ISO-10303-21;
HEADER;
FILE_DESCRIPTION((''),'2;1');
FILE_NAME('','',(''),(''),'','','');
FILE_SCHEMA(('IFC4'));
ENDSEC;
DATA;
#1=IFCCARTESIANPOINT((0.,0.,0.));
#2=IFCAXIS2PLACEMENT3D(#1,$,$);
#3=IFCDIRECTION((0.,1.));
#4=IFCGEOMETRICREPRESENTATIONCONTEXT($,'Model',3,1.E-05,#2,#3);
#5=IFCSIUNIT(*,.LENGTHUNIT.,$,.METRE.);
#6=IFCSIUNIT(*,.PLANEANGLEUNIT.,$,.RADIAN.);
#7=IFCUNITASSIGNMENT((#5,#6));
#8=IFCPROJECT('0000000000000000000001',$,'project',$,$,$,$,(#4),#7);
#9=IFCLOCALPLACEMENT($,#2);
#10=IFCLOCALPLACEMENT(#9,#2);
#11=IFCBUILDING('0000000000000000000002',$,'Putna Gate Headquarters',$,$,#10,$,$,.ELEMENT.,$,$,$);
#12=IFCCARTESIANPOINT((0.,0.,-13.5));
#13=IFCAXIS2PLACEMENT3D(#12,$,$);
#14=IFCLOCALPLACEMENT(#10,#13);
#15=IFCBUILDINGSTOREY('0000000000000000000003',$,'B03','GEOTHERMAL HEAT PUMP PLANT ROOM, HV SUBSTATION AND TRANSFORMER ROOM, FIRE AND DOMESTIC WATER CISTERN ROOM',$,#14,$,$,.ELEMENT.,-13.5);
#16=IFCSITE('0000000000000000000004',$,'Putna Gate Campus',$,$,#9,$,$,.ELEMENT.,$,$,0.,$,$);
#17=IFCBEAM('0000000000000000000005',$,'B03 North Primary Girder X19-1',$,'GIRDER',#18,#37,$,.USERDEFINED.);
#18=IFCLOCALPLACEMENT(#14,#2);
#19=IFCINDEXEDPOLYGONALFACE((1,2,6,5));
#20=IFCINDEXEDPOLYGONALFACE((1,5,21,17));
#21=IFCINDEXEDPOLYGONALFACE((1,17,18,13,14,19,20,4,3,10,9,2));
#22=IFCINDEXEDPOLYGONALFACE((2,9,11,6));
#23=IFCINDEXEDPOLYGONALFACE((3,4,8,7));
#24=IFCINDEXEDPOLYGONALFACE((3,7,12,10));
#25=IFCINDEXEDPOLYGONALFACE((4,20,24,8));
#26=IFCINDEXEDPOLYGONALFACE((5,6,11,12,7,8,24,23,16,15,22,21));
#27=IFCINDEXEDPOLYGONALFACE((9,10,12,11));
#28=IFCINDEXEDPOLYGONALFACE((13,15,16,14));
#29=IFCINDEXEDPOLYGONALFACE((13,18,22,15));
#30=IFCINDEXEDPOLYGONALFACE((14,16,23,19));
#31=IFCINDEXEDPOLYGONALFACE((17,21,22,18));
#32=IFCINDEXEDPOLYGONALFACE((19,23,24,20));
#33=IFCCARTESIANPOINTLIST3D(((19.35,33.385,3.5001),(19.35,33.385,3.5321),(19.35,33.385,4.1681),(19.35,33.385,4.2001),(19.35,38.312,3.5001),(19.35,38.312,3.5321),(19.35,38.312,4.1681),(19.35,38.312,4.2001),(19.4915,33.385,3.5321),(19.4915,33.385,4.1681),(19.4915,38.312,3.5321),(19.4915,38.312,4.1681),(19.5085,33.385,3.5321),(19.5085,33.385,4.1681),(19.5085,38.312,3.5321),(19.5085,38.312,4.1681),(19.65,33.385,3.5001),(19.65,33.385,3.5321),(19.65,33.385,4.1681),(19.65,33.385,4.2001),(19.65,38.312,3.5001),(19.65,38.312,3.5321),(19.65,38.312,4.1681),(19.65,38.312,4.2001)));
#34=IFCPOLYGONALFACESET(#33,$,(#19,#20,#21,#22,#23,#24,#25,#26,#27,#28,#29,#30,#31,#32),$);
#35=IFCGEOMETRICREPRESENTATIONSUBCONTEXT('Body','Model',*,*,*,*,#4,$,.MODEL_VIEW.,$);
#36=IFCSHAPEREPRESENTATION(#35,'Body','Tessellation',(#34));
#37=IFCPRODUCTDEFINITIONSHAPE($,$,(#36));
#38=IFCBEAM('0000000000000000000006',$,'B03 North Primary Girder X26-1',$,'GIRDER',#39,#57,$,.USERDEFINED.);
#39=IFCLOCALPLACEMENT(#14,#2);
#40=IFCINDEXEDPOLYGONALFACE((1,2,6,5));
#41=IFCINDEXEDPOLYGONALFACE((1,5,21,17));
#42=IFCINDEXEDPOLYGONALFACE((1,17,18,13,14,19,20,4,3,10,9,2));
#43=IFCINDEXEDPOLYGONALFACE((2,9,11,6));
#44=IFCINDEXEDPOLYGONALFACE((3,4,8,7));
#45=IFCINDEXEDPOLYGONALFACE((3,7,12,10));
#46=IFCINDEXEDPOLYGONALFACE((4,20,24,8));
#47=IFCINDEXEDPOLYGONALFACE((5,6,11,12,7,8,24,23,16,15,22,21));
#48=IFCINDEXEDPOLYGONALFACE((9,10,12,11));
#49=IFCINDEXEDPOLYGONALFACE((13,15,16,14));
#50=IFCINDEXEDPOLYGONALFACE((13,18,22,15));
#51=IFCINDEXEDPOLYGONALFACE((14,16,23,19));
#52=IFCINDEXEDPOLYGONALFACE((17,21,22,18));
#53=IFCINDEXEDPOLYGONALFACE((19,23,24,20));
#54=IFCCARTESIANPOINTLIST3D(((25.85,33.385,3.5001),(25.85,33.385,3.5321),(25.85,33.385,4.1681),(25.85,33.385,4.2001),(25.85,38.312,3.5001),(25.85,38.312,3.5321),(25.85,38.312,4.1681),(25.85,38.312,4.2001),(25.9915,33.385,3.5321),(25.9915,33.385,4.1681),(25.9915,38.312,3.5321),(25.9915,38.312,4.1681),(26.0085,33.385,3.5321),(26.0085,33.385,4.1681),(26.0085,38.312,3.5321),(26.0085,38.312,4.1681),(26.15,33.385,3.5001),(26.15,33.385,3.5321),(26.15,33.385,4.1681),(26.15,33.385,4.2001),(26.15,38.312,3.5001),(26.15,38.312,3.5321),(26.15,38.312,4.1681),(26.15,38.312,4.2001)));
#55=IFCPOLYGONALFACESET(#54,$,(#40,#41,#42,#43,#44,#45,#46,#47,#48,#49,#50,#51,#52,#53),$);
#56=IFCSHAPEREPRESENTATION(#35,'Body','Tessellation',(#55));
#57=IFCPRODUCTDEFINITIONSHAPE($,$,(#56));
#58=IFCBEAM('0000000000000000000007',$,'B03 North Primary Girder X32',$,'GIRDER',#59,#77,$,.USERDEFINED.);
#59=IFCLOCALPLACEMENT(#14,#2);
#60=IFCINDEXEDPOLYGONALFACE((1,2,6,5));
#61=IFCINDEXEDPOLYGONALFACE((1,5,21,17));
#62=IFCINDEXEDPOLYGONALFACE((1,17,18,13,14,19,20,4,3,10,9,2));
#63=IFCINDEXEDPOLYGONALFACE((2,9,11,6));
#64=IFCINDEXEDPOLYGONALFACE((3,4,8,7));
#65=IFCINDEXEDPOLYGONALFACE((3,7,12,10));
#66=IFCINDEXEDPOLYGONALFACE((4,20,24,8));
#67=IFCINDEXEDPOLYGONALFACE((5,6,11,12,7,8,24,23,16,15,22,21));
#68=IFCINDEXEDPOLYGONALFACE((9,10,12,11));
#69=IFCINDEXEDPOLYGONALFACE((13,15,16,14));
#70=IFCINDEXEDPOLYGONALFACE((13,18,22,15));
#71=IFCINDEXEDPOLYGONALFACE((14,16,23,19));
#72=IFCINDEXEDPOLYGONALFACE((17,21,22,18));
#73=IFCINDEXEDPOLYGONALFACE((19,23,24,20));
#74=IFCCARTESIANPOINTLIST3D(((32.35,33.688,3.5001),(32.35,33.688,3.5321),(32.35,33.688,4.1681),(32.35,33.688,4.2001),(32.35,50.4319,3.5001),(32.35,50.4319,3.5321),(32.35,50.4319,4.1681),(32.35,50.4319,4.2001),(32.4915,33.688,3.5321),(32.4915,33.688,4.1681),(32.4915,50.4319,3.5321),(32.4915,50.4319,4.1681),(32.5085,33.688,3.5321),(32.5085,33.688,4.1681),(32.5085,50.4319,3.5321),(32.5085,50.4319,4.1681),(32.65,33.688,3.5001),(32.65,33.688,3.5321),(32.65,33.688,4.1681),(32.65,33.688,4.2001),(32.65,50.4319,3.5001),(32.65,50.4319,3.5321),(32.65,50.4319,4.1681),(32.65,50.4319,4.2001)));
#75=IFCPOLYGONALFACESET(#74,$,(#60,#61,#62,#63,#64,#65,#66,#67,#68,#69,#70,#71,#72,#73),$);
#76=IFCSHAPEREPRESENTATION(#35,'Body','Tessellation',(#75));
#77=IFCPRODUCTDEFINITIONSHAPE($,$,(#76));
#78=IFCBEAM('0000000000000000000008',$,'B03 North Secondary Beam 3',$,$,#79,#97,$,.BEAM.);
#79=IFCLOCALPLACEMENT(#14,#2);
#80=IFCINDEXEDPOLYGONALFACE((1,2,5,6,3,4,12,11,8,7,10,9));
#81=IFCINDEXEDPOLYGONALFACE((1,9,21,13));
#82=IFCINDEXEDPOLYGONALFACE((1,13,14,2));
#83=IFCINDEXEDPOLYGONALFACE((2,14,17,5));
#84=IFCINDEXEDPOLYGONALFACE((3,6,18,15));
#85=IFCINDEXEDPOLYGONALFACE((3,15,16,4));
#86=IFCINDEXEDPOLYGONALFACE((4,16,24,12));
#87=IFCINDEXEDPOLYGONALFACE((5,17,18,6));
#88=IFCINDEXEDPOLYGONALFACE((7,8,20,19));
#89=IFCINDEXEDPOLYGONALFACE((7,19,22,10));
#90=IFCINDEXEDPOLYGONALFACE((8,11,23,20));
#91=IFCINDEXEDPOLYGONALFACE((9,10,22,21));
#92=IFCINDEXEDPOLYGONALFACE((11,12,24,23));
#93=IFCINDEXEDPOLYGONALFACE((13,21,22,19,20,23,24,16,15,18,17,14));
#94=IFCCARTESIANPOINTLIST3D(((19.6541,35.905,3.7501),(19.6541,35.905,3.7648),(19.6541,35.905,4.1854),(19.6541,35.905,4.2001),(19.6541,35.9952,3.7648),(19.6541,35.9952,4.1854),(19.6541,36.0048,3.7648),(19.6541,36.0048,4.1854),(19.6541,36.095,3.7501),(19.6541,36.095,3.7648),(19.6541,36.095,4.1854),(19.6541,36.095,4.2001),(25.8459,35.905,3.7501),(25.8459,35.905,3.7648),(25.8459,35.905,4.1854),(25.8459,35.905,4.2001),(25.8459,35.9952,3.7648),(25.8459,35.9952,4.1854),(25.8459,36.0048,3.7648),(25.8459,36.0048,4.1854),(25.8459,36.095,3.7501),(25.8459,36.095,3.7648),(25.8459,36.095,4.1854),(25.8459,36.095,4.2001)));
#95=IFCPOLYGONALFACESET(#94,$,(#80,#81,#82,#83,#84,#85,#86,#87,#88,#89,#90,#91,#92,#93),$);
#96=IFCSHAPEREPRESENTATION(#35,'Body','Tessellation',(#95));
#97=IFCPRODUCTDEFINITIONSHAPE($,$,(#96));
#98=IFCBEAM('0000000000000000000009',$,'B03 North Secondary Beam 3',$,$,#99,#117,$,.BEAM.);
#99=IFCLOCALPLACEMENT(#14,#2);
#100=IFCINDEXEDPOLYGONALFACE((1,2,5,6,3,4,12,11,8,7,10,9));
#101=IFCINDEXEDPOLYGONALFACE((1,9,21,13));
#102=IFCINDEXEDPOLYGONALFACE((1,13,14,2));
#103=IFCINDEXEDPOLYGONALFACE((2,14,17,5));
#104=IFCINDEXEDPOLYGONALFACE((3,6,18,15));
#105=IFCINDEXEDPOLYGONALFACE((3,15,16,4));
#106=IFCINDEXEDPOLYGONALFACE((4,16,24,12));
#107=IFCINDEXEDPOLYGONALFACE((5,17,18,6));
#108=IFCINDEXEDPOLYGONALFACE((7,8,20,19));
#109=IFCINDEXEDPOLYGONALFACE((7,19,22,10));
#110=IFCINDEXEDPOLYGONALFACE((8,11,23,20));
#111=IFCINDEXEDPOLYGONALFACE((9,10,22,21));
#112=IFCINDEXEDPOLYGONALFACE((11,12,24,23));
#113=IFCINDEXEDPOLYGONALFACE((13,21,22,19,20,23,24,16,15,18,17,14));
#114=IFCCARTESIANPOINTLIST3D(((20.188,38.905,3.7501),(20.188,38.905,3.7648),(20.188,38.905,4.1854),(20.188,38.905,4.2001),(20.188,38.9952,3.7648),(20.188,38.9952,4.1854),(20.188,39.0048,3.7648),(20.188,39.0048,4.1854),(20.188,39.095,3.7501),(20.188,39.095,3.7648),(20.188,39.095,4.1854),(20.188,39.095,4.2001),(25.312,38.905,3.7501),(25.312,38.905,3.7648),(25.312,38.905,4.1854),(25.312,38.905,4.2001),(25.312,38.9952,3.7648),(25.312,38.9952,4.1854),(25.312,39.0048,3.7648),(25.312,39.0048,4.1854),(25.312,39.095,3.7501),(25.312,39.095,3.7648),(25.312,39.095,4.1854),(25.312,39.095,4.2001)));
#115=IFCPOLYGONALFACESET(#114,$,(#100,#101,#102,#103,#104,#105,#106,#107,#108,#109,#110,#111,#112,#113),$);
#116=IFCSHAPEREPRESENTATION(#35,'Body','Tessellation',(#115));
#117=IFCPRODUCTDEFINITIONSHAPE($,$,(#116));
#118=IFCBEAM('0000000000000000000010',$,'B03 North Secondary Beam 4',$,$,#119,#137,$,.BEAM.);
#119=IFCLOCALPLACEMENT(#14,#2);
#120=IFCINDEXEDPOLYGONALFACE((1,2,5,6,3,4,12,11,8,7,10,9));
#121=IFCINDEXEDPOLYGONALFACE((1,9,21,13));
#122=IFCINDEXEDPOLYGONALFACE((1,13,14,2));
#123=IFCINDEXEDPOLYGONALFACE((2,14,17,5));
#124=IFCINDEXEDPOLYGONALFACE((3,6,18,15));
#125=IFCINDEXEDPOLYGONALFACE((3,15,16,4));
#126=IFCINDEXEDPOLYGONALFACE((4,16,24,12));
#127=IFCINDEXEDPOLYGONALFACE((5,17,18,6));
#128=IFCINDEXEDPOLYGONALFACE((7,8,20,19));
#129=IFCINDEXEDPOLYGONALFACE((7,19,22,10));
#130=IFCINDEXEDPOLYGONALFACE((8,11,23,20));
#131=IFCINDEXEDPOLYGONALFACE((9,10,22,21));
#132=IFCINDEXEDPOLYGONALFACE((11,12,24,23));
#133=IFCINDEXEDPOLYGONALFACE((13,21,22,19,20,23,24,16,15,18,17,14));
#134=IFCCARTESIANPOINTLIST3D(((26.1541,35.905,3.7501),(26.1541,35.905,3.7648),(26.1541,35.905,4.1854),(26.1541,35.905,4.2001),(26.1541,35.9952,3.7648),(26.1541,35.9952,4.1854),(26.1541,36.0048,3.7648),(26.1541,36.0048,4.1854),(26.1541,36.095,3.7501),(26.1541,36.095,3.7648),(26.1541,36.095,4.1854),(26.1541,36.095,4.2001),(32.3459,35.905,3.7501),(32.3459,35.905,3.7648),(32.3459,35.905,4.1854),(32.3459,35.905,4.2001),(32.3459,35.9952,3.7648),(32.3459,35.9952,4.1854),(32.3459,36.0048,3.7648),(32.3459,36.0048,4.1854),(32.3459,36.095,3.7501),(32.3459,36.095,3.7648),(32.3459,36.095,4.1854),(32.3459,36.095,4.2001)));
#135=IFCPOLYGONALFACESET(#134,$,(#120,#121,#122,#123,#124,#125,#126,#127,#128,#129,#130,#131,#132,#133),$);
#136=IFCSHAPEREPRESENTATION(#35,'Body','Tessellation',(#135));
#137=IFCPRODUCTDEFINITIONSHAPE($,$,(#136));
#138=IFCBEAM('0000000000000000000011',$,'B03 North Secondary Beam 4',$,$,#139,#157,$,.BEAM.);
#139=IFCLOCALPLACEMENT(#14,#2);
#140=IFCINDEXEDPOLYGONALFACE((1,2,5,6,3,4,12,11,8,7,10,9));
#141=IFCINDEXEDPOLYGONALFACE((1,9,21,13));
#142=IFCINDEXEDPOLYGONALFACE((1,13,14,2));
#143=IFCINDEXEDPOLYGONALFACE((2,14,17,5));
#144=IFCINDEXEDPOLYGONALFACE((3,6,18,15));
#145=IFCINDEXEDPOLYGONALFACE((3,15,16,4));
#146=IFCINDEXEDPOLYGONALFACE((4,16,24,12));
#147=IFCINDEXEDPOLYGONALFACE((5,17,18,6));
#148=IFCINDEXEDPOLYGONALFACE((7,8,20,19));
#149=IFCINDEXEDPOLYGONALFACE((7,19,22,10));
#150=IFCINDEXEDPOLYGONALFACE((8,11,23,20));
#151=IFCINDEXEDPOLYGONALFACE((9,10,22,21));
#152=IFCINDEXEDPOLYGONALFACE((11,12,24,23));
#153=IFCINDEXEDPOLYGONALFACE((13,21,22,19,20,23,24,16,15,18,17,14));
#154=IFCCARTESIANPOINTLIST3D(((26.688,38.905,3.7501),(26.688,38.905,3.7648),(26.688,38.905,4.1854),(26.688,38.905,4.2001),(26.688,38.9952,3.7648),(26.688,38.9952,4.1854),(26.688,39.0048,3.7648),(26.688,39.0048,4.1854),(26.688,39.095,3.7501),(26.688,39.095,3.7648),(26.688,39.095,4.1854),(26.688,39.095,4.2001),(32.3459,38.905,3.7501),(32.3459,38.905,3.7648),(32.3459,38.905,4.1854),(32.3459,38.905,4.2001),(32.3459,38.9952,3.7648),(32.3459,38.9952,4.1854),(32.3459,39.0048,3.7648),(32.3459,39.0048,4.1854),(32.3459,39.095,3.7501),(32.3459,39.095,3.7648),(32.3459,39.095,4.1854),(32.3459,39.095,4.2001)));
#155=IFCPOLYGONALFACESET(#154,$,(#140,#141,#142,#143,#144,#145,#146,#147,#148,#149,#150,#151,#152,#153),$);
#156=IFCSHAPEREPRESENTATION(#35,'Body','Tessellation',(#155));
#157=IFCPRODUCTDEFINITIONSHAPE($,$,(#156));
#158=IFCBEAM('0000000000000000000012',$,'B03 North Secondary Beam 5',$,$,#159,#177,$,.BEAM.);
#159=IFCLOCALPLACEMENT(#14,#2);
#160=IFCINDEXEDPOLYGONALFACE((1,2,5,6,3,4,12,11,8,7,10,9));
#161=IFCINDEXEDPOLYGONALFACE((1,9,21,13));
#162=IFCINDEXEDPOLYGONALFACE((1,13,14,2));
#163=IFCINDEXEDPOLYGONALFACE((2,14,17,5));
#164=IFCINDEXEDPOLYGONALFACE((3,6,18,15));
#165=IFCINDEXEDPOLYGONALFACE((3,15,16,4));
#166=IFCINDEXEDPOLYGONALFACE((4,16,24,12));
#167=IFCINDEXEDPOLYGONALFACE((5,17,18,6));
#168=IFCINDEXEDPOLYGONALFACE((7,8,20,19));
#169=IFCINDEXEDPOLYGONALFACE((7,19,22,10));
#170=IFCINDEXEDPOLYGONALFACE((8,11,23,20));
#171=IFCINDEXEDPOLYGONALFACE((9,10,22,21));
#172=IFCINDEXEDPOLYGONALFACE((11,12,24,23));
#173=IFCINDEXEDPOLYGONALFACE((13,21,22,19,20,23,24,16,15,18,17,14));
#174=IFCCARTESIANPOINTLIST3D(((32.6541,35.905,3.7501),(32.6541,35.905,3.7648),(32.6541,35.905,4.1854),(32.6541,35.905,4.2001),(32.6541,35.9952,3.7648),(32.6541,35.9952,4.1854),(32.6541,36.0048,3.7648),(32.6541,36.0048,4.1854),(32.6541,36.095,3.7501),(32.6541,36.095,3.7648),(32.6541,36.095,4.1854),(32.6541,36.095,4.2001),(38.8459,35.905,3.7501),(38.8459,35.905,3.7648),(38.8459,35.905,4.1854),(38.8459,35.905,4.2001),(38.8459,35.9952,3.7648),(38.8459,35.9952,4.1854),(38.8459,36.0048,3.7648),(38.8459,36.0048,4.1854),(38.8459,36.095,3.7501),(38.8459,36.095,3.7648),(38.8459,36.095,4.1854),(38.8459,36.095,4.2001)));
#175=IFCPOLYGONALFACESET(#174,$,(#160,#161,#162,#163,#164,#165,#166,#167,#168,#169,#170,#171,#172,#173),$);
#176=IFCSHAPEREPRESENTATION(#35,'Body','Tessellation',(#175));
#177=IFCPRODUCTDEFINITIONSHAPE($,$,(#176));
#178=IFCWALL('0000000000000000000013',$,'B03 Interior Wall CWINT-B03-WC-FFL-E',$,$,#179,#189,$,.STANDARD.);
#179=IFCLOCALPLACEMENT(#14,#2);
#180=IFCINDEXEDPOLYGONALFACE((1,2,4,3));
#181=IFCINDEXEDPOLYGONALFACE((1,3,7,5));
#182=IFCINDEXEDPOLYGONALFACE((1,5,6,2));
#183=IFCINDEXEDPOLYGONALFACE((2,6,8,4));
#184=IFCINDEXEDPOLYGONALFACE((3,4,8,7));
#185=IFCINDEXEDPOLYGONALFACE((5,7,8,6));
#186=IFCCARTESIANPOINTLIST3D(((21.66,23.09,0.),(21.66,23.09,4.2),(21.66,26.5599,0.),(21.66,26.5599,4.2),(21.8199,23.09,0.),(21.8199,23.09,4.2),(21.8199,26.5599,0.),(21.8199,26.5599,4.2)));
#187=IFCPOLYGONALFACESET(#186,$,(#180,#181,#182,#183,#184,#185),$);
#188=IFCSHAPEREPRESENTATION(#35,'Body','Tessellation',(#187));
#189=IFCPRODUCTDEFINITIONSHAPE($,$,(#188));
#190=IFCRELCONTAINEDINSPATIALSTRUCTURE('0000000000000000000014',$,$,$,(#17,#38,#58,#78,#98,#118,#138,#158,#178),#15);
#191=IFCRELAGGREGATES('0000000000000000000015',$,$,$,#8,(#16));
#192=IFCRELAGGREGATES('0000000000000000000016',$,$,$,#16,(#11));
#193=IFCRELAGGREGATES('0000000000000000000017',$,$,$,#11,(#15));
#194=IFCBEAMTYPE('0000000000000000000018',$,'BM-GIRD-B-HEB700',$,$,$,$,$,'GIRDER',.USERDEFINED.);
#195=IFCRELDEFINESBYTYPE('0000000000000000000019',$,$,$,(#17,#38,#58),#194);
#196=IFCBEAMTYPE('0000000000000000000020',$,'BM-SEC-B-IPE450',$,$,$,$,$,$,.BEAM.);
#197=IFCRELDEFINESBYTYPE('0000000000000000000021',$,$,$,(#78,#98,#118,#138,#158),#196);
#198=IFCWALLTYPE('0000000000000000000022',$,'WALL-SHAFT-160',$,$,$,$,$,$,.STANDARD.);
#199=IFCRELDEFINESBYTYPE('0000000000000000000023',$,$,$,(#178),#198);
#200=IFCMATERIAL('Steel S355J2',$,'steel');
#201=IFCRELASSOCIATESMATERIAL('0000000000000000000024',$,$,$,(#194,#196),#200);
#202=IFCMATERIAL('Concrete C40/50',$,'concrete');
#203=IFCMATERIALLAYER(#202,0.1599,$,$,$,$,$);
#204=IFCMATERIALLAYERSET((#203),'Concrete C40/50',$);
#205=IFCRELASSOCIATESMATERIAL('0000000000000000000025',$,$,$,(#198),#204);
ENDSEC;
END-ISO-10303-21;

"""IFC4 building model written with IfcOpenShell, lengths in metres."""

from ifc_helpers import new_model, si_unit, direction, frame, frame_2d, origin, origin_2d, place, context, subcontext, project, spatial, rectangle, i_section, extrude, material, layer, layer_set, material_profile, profile_set, type_object, element, save


model = new_model("IFC4")

# Units and contexts
model_context = context("Model", 3, precision=1e-05, world=origin(), true_north=direction((0.0, 1.0)))
body_context = subcontext(model_context, "Body", "Model", "MODEL_VIEW")
ifc_project = project(units=[si_unit("LENGTHUNIT", "METRE"), si_unit("PLANEANGLEUNIT", "RADIAN")], contexts=[model_context])

# Site, building, storey
site_placement = place(None, origin())
site = spatial("IfcSite", under=ifc_project, at=site_placement, Name="Putna Gate Campus", CompositionType="ELEMENT", RefElevation=0.0)
building_placement = place(site_placement, origin())
building = spatial("IfcBuilding", under=site, at=building_placement, Name="Putna Gate Headquarters", CompositionType="ELEMENT")
storey_placement = place(building_placement, frame((0.0, 0.0, -13.5)))
storey = spatial("IfcBuildingStorey", under=building, at=storey_placement, Name="B03", Description="GEOTHERMAL HEAT PUMP PLANT ROOM, HV SUBSTATION AND TRANSFORMER ROOM, FIRE AND DOMESTIC WATER CISTERN ROOM", CompositionType="ELEMENT", Elevation=-13.5)

# Shared definitions
ifc_material_1 = material(Name="Concrete C40/50", Category="concrete")

# Beams
ifc_material_2 = material(Name="Steel S355J2", Category="steel")
ifc_material_profile_1 = material_profile(ifc_material_2, i_section(OverallWidth=0.3, OverallDepth=0.7, WebThickness=0.0171, FlangeThickness=0.032, at=origin_2d()), Name="Steel S355J2")
ifc_profile_set_1 = profile_set([ifc_material_profile_1], Name="Steel S355J2")
beam_type_1 = type_object("IfcBeamType", Name="BM-GIRD-B-HEB700", ElementType="GIRDER", PredefinedType="USERDEFINED", material=ifc_profile_set_1)
for number, where, z_axis, x_axis, name in (
    (1, (19.5, 33.385, 3.8501), (0.0, 1.0, 0.0), (-1.0, 0.0, 0.0), "B03 North Primary Girder X19-1"),
    (2, (26.0, 33.385, 3.8501), (0.0, 1.0, 0.0), (-1.0, 0.0, 0.0), "B03 North Primary Girder X26-1"),
):
    element("IfcBeam", number, at=place(storey_placement, frame(where, z_axis=z_axis, x_axis=x_axis)), inside=storey, type_object=beam_type_1, Name=name, ObjectType="GIRDER", PredefinedType="USERDEFINED", context=body_context, shape_type="SweptSolid", body=[
        extrude(i_section(OverallWidth=0.3, OverallDepth=0.7, WebThickness=0.0171, FlangeThickness=0.032, at=origin_2d()), origin(), (0.0, 0.0, 1.0), 4.927),
    ])
beam_1_placement = place(storey_placement, frame((32.5, 33.688, 3.8501), z_axis=(0.0, 1.0, 0.0), x_axis=(-1.0, 0.0, 0.0)))
element("IfcBeam", 3, at=beam_1_placement, inside=storey, type_object=beam_type_1, Name="B03 North Primary Girder X32", ObjectType="GIRDER", PredefinedType="USERDEFINED", context=body_context, shape_type="SweptSolid", body=[
    extrude(i_section(OverallWidth=0.3, OverallDepth=0.7, WebThickness=0.0171, FlangeThickness=0.032, at=origin_2d()), origin(), (0.0, 0.0, 1.0), 16.7439),
])
ifc_material_profile_2 = material_profile(ifc_material_2, i_section(OverallWidth=0.1899, OverallDepth=0.45, WebThickness=0.0095, FlangeThickness=0.0146, at=origin_2d()), Name="Steel S355J2")
ifc_profile_set_2 = profile_set([ifc_material_profile_2], Name="Steel S355J2")
beam_type_2 = type_object("IfcBeamType", Name="BM-SEC-B-IPE450", PredefinedType="BEAM", material=ifc_profile_set_2)
beam_2_placement = place(storey_placement, frame((19.6541, 36.0, 3.9751), z_axis=(1.0, 0.0, 0.0), x_axis=(0.0, 1.0, 0.0)))
element("IfcBeam", 4, at=beam_2_placement, inside=storey, type_object=beam_type_2, Name="B03 North Secondary Beam 3", PredefinedType="BEAM", context=body_context, shape_type="SweptSolid", body=[
    extrude(i_section(OverallWidth=0.1899, OverallDepth=0.45, WebThickness=0.0095, FlangeThickness=0.0146, at=origin_2d()), origin(), (0.0, 0.0, 1.0), 6.1919),
])
beam_3_placement = place(storey_placement, frame((20.188, 39.0, 3.9751), z_axis=(1.0, 0.0, 0.0), x_axis=(0.0, 1.0, 0.0)))
element("IfcBeam", 5, at=beam_3_placement, inside=storey, type_object=beam_type_2, Name="B03 North Secondary Beam 3", PredefinedType="BEAM", context=body_context, shape_type="SweptSolid", body=[
    extrude(i_section(OverallWidth=0.1899, OverallDepth=0.45, WebThickness=0.0095, FlangeThickness=0.0146, at=origin_2d()), origin(), (0.0, 0.0, 1.0), 5.124),
])
beam_4_placement = place(storey_placement, frame((26.1541, 36.0, 3.9751), z_axis=(1.0, 0.0, 0.0), x_axis=(0.0, 1.0, 0.0)))
element("IfcBeam", 6, at=beam_4_placement, inside=storey, type_object=beam_type_2, Name="B03 North Secondary Beam 4", PredefinedType="BEAM", context=body_context, shape_type="SweptSolid", body=[
    extrude(i_section(OverallWidth=0.1899, OverallDepth=0.45, WebThickness=0.0095, FlangeThickness=0.0146, at=origin_2d()), origin(), (0.0, 0.0, 1.0), 6.1919),
])
beam_5_placement = place(storey_placement, frame((26.688, 39.0, 3.9751), z_axis=(1.0, 0.0, 0.0), x_axis=(0.0, 1.0, 0.0)))
element("IfcBeam", 7, at=beam_5_placement, inside=storey, type_object=beam_type_2, Name="B03 North Secondary Beam 4", PredefinedType="BEAM", context=body_context, shape_type="SweptSolid", body=[
    extrude(i_section(OverallWidth=0.1899, OverallDepth=0.45, WebThickness=0.0095, FlangeThickness=0.0146, at=origin_2d()), origin(), (0.0, 0.0, 1.0), 5.658),
])
beam_6_placement = place(storey_placement, frame((32.6541, 36.0, 3.9751), z_axis=(1.0, 0.0, 0.0), x_axis=(0.0, 1.0, 0.0)))
element("IfcBeam", 8, at=beam_6_placement, inside=storey, type_object=beam_type_2, Name="B03 North Secondary Beam 5", PredefinedType="BEAM", context=body_context, shape_type="SweptSolid", body=[
    extrude(i_section(OverallWidth=0.1899, OverallDepth=0.45, WebThickness=0.0095, FlangeThickness=0.0146, at=origin_2d()), origin(), (0.0, 0.0, 1.0), 6.1919),
])

# Wall
ifc_layer = layer(ifc_material_1, 0.1599)
ifc_layer_set = layer_set([ifc_layer], Name="Concrete C40/50")
wall_type = type_object("IfcWallType", Name="WALL-SHAFT-160", PredefinedType="STANDARD", material=ifc_layer_set)
wall_1_placement = place(storey_placement, frame((21.74, 23.0901, 0.0), z_axis=(0.0, 0.0, 1.0), x_axis=(0.0, 1.0, 0.0)))
element("IfcWall", 9, at=wall_1_placement, inside=storey, type_object=wall_type, Name="B03 Interior Wall CWINT-B03-WC-FFL-E", PredefinedType="STANDARD", context=body_context, shape_type="SweptSolid", body=[
    extrude(rectangle(XDim=3.47, YDim=0.1599, at=frame_2d((1.7349, 0.0))), origin(), (0.0, 0.0, 1.0), 4.2),
])

save(model, "model.ifc")
